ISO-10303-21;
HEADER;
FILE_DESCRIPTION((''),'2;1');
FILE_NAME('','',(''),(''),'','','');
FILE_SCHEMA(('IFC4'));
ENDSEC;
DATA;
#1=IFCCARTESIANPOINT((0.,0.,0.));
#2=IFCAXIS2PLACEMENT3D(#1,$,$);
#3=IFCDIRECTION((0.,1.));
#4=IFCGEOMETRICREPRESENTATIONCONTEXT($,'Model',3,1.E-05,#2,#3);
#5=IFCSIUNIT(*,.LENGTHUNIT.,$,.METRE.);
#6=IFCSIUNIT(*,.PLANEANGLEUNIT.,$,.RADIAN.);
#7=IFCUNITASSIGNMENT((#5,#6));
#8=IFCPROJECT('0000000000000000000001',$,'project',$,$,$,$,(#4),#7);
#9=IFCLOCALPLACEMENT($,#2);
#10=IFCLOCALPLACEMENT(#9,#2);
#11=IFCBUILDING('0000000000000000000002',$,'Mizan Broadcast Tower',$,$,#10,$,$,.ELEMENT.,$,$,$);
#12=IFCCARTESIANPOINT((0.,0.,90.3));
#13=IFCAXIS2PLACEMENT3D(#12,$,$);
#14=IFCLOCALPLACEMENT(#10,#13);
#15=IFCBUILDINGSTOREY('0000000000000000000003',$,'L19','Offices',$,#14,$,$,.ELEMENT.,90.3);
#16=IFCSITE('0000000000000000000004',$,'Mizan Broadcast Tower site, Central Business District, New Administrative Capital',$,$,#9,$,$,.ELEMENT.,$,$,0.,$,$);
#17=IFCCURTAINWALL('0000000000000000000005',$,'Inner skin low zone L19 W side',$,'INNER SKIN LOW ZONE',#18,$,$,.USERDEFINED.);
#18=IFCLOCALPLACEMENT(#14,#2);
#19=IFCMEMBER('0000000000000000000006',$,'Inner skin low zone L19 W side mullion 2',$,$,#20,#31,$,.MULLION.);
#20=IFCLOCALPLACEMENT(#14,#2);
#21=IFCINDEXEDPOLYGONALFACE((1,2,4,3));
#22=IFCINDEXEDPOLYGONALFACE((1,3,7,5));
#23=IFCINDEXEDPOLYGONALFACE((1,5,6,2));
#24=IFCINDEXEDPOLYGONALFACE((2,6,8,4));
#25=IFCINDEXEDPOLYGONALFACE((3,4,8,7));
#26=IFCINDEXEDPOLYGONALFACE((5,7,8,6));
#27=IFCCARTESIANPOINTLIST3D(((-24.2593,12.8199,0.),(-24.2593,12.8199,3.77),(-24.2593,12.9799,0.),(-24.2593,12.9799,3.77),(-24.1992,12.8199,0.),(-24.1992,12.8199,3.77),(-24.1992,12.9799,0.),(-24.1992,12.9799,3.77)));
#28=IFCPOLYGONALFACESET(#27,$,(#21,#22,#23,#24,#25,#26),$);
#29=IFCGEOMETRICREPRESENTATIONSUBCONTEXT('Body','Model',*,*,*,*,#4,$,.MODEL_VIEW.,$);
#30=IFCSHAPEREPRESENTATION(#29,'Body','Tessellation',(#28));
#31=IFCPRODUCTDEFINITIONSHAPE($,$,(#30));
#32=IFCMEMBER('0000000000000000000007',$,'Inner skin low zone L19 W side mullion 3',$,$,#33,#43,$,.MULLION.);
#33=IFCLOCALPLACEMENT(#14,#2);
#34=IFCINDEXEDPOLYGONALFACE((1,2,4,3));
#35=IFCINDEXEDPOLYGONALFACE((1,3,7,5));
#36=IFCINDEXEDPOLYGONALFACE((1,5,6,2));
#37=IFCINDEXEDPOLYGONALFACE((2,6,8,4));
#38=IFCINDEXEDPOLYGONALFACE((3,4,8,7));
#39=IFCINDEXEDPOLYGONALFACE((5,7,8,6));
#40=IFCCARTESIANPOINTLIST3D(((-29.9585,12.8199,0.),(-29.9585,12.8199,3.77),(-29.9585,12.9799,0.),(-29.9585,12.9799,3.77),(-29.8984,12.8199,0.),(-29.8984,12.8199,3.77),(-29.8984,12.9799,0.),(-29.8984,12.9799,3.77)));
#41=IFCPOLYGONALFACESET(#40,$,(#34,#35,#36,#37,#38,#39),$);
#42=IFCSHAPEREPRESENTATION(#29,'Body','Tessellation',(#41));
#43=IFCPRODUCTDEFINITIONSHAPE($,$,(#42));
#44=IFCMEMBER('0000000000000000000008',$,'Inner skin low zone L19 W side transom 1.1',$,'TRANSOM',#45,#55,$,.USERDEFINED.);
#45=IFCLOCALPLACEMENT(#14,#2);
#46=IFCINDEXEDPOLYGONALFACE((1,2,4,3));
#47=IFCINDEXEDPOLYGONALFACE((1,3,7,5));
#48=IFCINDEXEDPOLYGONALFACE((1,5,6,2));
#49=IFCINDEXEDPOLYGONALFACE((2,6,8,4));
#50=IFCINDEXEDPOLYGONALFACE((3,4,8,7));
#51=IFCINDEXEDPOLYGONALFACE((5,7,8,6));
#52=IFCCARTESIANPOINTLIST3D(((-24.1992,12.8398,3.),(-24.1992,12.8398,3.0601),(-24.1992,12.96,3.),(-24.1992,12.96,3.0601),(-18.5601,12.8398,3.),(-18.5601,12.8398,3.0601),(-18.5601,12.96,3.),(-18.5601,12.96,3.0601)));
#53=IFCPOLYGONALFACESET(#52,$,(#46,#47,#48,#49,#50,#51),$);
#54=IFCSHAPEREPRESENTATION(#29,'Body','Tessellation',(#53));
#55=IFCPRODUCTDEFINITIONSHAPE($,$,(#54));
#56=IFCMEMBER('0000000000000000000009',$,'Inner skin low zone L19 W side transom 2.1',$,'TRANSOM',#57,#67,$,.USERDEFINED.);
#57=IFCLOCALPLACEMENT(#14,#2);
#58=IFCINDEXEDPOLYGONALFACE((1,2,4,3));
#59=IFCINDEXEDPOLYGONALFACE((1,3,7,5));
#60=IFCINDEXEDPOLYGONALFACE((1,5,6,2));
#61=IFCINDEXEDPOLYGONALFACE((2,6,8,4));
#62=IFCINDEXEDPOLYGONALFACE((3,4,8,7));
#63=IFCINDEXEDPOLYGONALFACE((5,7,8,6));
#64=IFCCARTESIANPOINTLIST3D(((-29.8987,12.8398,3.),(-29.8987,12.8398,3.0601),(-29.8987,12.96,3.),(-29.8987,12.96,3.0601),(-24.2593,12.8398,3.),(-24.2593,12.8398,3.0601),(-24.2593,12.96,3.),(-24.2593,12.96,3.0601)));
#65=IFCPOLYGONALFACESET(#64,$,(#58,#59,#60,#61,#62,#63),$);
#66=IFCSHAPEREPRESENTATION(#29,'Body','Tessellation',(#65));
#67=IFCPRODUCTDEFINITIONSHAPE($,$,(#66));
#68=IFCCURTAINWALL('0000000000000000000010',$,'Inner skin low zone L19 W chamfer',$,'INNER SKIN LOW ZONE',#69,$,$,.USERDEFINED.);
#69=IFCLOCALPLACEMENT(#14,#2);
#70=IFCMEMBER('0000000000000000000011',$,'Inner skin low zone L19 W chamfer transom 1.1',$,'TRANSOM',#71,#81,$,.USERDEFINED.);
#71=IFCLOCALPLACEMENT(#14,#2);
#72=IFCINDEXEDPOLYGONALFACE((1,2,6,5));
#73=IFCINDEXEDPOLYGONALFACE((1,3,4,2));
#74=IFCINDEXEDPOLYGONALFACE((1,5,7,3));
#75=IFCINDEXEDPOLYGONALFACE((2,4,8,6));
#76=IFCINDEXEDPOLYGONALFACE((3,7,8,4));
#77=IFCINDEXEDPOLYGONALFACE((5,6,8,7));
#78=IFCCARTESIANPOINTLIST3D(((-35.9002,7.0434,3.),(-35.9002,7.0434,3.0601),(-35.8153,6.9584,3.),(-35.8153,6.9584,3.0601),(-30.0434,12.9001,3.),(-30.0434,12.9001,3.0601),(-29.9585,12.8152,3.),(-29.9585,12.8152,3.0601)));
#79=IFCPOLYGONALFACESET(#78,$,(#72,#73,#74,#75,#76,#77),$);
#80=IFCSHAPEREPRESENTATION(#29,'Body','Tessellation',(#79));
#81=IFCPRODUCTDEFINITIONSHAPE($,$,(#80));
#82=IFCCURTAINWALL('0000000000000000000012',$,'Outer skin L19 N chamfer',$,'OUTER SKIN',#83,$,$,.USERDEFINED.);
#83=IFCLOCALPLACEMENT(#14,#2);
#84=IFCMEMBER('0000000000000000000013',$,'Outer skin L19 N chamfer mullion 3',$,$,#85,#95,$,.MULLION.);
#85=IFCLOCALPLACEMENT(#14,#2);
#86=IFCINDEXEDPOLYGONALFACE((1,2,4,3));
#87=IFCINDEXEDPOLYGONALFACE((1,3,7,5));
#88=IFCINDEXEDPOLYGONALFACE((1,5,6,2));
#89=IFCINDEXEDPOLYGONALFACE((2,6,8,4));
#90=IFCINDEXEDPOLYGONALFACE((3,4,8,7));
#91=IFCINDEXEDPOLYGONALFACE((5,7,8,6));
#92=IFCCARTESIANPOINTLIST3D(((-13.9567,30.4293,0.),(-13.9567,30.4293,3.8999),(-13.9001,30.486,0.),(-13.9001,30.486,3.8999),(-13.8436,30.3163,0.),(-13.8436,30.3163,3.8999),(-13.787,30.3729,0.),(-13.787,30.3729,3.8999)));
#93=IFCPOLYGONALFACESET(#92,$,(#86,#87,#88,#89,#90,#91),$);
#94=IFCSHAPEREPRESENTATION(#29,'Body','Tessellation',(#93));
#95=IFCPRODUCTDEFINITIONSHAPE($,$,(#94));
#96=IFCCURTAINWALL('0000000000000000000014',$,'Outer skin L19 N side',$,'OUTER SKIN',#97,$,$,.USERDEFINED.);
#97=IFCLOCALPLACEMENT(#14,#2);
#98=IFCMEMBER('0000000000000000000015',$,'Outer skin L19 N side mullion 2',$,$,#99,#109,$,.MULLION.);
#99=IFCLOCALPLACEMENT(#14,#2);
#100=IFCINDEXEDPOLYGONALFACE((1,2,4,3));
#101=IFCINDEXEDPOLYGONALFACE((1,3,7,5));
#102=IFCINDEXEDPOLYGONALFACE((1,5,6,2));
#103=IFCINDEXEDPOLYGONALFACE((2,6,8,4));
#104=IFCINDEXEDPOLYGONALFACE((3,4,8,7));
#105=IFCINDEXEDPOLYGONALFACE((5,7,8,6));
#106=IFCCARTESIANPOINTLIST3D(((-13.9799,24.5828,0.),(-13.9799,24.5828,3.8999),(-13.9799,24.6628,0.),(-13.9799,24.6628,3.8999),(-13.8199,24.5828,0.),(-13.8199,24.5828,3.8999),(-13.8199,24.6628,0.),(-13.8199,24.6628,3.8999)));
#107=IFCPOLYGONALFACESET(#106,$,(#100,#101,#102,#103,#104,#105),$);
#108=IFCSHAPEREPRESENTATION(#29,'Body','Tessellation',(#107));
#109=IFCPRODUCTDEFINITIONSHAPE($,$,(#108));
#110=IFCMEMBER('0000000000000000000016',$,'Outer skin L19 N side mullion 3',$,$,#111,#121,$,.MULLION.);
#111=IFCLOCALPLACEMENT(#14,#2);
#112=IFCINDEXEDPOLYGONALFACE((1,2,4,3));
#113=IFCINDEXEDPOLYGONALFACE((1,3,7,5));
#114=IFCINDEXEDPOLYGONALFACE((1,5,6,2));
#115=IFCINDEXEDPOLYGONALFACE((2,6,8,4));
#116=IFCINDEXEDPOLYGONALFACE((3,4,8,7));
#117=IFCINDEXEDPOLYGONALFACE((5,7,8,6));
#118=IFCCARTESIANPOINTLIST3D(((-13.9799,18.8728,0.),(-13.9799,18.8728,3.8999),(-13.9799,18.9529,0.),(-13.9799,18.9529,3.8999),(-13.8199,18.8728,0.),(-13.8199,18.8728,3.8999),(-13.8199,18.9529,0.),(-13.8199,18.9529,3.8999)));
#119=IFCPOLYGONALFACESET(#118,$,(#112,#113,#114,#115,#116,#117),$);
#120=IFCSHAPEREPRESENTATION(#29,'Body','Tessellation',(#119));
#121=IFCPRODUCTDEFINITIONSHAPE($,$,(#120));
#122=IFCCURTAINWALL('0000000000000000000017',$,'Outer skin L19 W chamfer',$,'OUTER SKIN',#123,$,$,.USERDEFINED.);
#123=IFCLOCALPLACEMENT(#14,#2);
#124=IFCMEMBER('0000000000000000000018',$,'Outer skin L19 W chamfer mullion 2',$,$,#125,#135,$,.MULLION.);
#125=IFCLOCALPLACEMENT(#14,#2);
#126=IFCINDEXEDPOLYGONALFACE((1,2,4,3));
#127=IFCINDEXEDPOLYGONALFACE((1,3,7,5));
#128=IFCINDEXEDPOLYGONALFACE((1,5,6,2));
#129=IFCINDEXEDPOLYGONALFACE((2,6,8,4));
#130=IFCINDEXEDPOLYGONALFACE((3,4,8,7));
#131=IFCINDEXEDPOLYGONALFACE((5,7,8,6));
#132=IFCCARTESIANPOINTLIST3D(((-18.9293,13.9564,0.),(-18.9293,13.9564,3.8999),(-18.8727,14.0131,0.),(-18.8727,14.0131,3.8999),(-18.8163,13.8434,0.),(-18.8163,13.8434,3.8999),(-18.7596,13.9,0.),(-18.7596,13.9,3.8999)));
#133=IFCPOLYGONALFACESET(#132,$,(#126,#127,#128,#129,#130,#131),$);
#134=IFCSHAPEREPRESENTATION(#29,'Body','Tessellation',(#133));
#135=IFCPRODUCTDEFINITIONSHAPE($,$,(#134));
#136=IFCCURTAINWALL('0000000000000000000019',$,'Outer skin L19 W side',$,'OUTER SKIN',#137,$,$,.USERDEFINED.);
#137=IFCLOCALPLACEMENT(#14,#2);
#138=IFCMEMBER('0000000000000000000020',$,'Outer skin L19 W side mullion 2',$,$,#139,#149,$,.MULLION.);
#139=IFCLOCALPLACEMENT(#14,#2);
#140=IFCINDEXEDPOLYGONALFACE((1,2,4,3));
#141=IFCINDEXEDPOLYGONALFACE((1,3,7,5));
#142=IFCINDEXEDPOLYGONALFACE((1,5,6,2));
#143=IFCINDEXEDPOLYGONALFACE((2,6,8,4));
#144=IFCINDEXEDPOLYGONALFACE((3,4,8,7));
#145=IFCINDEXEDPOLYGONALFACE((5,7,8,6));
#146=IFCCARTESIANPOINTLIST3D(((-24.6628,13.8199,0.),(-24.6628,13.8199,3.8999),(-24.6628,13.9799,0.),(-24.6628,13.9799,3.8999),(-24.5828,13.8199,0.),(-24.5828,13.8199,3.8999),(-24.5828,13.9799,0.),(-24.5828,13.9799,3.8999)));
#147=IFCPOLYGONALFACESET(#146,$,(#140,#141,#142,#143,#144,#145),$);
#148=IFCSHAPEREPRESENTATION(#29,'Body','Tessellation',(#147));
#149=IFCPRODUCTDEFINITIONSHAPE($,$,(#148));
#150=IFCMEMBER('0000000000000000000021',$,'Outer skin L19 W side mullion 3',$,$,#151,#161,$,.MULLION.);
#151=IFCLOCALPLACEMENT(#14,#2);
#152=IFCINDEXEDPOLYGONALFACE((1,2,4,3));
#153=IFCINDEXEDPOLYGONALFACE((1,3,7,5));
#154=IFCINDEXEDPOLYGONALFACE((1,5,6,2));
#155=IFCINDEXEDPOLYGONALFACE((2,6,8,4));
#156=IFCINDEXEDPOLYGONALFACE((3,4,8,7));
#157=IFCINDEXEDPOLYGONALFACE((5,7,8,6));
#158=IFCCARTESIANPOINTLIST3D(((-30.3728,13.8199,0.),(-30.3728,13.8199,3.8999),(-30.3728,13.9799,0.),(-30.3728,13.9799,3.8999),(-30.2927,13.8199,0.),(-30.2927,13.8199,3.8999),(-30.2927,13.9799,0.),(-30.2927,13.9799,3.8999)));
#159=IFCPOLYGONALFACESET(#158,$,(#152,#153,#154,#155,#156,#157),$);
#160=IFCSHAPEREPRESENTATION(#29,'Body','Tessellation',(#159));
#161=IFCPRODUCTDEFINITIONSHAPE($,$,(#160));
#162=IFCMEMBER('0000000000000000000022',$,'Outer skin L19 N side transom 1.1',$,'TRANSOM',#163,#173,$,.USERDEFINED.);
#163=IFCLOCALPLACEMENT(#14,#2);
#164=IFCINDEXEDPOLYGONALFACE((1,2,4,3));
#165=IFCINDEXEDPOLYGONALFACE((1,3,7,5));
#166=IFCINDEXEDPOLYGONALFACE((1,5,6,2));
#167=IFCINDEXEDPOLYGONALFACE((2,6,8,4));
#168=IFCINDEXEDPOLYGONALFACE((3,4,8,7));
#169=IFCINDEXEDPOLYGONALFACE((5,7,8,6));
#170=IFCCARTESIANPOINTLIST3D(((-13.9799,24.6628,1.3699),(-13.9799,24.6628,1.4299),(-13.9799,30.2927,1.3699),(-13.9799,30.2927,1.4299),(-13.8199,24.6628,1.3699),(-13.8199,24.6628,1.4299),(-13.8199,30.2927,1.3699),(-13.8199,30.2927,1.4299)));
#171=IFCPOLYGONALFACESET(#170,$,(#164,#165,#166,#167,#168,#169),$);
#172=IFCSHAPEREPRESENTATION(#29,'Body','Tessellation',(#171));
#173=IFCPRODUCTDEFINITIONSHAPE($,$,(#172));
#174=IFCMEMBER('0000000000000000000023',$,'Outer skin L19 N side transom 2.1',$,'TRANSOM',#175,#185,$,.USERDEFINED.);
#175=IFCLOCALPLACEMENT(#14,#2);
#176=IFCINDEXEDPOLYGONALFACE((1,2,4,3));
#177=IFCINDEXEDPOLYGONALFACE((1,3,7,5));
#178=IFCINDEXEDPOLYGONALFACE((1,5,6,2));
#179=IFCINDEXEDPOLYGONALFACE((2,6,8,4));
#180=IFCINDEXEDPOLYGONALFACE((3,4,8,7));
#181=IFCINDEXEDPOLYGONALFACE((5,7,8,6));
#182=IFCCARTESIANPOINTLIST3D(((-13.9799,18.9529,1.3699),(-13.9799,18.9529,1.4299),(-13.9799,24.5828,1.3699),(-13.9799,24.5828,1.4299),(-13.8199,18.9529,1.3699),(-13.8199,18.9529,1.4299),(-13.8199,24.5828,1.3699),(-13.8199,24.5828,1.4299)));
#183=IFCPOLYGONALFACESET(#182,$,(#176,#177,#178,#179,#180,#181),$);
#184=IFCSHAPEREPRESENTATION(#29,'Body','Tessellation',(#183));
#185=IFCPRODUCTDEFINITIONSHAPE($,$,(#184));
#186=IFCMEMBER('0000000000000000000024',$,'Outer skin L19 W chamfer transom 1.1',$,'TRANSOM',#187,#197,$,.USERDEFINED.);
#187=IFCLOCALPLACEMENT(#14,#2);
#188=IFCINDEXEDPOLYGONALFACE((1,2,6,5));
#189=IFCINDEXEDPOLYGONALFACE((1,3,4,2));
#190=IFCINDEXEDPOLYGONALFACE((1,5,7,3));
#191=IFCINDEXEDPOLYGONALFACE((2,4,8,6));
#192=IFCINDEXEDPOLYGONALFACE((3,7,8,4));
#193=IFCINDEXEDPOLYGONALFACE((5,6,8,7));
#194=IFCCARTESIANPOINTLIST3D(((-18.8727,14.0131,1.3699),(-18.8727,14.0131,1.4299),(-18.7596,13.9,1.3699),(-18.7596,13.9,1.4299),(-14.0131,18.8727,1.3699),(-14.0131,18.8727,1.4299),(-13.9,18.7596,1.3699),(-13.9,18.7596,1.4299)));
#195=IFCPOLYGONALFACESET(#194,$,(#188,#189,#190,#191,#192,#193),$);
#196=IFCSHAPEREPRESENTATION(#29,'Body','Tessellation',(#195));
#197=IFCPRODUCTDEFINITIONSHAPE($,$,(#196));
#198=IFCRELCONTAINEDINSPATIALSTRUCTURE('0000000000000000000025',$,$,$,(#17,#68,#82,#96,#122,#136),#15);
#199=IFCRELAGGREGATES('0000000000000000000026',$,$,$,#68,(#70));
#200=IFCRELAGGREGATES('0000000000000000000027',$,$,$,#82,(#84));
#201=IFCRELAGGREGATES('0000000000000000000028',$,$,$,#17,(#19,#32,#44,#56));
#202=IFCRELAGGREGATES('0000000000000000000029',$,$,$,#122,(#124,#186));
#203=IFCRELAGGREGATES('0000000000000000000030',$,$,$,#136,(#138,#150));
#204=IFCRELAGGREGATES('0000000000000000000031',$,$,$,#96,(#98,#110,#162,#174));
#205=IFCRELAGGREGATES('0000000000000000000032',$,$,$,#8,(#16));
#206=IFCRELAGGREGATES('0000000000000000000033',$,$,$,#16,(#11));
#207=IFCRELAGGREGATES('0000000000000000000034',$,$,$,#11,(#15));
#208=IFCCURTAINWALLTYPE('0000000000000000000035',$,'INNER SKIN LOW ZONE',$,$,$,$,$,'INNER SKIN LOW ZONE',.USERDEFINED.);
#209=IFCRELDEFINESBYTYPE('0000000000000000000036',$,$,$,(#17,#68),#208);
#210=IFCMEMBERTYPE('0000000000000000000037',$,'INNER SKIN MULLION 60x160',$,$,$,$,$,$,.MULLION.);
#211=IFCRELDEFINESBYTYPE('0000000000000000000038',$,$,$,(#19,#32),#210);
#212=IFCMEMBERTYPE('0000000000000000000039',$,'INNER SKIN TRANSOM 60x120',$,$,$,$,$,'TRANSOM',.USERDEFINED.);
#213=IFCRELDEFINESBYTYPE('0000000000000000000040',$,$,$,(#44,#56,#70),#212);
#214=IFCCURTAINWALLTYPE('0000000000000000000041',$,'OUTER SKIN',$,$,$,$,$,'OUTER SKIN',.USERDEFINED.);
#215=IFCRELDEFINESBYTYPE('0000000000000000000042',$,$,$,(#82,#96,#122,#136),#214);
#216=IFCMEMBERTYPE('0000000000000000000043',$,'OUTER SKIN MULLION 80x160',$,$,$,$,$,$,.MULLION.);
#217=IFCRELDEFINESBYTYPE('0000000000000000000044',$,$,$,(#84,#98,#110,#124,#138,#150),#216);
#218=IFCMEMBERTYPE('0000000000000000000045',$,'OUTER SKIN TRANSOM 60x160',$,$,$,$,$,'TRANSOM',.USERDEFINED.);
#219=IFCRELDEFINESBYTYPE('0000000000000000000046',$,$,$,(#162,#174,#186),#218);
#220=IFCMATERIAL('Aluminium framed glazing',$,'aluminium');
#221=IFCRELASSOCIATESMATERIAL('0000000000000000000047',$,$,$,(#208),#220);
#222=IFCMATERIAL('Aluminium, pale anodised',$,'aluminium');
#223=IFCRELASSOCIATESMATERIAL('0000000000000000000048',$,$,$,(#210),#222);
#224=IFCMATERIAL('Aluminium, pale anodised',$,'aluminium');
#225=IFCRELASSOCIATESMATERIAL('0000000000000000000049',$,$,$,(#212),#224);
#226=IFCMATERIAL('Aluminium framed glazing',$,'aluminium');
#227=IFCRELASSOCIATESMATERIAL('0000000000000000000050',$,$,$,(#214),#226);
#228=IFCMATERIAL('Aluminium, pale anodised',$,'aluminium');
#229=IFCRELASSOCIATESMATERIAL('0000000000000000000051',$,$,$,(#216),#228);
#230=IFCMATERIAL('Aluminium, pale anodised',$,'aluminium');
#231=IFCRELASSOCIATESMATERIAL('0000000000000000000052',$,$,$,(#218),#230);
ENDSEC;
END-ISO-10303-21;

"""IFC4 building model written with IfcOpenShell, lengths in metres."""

from ifc_helpers import new_model, si_unit, direction, frame, origin, origin_2d, place, context, subcontext, project, spatial, rectangle, extrude, material, material_profile, profile_set, type_object, element, aggregate, save


model = new_model("IFC4")

# Units and contexts
model_context = context("Model", 3, precision=1e-05, world=origin(), true_north=direction((0.0, 1.0)))
body_context = subcontext(model_context, "Body", "Model", "MODEL_VIEW")
ifc_project = project(units=[si_unit("LENGTHUNIT", "METRE"), si_unit("PLANEANGLEUNIT", "RADIAN")], contexts=[model_context])

# Site, building, storey
site_placement = place(None, origin())
site = spatial("IfcSite", under=ifc_project, at=site_placement, Name="Mizan Broadcast Tower site, Central Business District, New Administrative Capital", CompositionType="ELEMENT", RefElevation=0.0)
building_placement = place(site_placement, origin())
building = spatial("IfcBuilding", under=site, at=building_placement, Name="Mizan Broadcast Tower", CompositionType="ELEMENT")
storey_placement = place(building_placement, frame((0.0, 0.0, 90.3)))
storey = spatial("IfcBuildingStorey", under=building, at=storey_placement, Name="L19", Description="Offices", CompositionType="ELEMENT", Elevation=90.3)

# Curtain wall, members
ifc_material_1 = material(Name="Aluminium framed glazing", Category="aluminium")
curtain_wall_type_1 = type_object("IfcCurtainWallType", Name="INNER SKIN LOW ZONE", ElementType="INNER SKIN LOW ZONE", PredefinedType="USERDEFINED", material=ifc_material_1)
curtain_wall_1_placement = place(storey_placement, origin())
curtain_wall_1 = element("IfcCurtainWall", 1, at=curtain_wall_1_placement, inside=storey, type_object=curtain_wall_type_1, Name="Inner skin low zone L19 W side", ObjectType="INNER SKIN LOW ZONE", PredefinedType="USERDEFINED")
ifc_material_2 = material(Name="Aluminium, pale anodised", Category="aluminium")
ifc_material_profile_1 = material_profile(ifc_material_2, rectangle(XDim=0.1599, YDim=0.0601, at=origin_2d()), Name="MULLION 160x60")
ifc_profile_set_1 = profile_set([ifc_material_profile_1], Name="Aluminium, pale anodised")
member_type_1 = type_object("IfcMemberType", Name="INNER SKIN MULLION 60x160", PredefinedType="MULLION", material=ifc_profile_set_1)
member_1_placement = place(storey_placement, frame((-24.2292, 12.8999, 0.0), z_axis=(0.0, 0.0, 1.0), x_axis=(0.0, -1.0, 0.0)))
member_1 = element("IfcMember", 2, at=member_1_placement, type_object=member_type_1, Name="Inner skin low zone L19 W side mullion 2", PredefinedType="MULLION", context=body_context, shape_type="SweptSolid", body=[
    extrude(rectangle(XDim=0.1599, YDim=0.0601, at=origin_2d()), origin(), (0.0, 0.0, 1.0), 3.77),
])
member_2_placement = place(storey_placement, frame((-29.9285, 12.8999, 0.0), z_axis=(0.0, 0.0, 1.0), x_axis=(0.0, -1.0, 0.0)))
member_2 = element("IfcMember", 3, at=member_2_placement, type_object=member_type_1, Name="Inner skin low zone L19 W side mullion 3", PredefinedType="MULLION", context=body_context, shape_type="SweptSolid", body=[
    extrude(rectangle(XDim=0.1599, YDim=0.0601, at=origin_2d()), origin(), (0.0, 0.0, 1.0), 3.77),
])
ifc_material_3 = material(Name="Aluminium, pale anodised", Category="aluminium")
ifc_material_profile_2 = material_profile(ifc_material_3, rectangle(XDim=0.1201, YDim=0.0601, at=origin_2d()), Name="TRANSOM 120x60")
ifc_profile_set_2 = profile_set([ifc_material_profile_2], Name="Aluminium, pale anodised")
member_type_2 = type_object("IfcMemberType", Name="INNER SKIN TRANSOM 60x120", ElementType="TRANSOM", PredefinedType="USERDEFINED", material=ifc_profile_set_2)
member_3_placement = place(storey_placement, frame((-18.5601, 12.8999, 3.03), z_axis=(-1.0, 0.0, 0.0), x_axis=(0.0, -1.0, 0.0)))
member_3 = element("IfcMember", 4, at=member_3_placement, type_object=member_type_2, Name="Inner skin low zone L19 W side transom 1.1", ObjectType="TRANSOM", PredefinedType="USERDEFINED", context=body_context, shape_type="SweptSolid", body=[
    extrude(rectangle(XDim=0.1201, YDim=0.0601, at=origin_2d()), origin(), (0.0, 0.0, 1.0), 5.6392),
])
member_4_placement = place(storey_placement, frame((-24.2593, 12.8999, 3.03), z_axis=(-1.0, 0.0, 0.0), x_axis=(0.0, -1.0, 0.0)))
member_4 = element("IfcMember", 5, at=member_4_placement, type_object=member_type_2, Name="Inner skin low zone L19 W side transom 2.1", ObjectType="TRANSOM", PredefinedType="USERDEFINED", context=body_context, shape_type="SweptSolid", body=[
    extrude(rectangle(XDim=0.1201, YDim=0.0601, at=origin_2d()), origin(), (0.0, 0.0, 1.0), 5.6394),
])

# Curtain walls, members
curtain_wall_2_placement = place(storey_placement, origin())
curtain_wall_2 = element("IfcCurtainWall", 6, at=curtain_wall_2_placement, inside=storey, type_object=curtain_wall_type_1, Name="Inner skin low zone L19 W chamfer", ObjectType="INNER SKIN LOW ZONE", PredefinedType="USERDEFINED")
member_5_placement = place(storey_placement, frame((-30.001, 12.8577, 3.03), z_axis=(-0.707107, -0.707107, 0.0), x_axis=(0.707107, -0.707107, 0.0)))
member_5 = element("IfcMember", 7, at=member_5_placement, type_object=member_type_2, Name="Inner skin low zone L19 W chamfer transom 1.1", ObjectType="TRANSOM", PredefinedType="USERDEFINED", context=body_context, shape_type="SweptSolid", body=[
    extrude(rectangle(XDim=0.1201, YDim=0.0601, at=origin_2d()), origin(), (0.0, 0.0, 1.0), 8.2827),
])
aggregate(curtain_wall_2, [member_5])
ifc_material_4 = material(Name="Aluminium framed glazing", Category="aluminium")
curtain_wall_type_2 = type_object("IfcCurtainWallType", Name="OUTER SKIN", ElementType="OUTER SKIN", PredefinedType="USERDEFINED", material=ifc_material_4)
curtain_wall_3_placement = place(storey_placement, origin())
curtain_wall_3 = element("IfcCurtainWall", 8, at=curtain_wall_3_placement, inside=storey, type_object=curtain_wall_type_2, Name="Outer skin L19 N chamfer", ObjectType="OUTER SKIN", PredefinedType="USERDEFINED")
ifc_material_5 = material(Name="Aluminium, pale anodised", Category="aluminium")
ifc_material_profile_3 = material_profile(ifc_material_5, rectangle(XDim=0.1599, YDim=0.0801, at=origin_2d()), Name="MULLION 160x80")
ifc_profile_set_3 = profile_set([ifc_material_profile_3], Name="Aluminium, pale anodised")
member_type_3 = type_object("IfcMemberType", Name="OUTER SKIN MULLION 80x160", PredefinedType="MULLION", material=ifc_profile_set_3)
member_6_placement = place(storey_placement, frame((-13.8718, 30.4011, 0.0), z_axis=(0.0, 0.0, 1.0), x_axis=(0.707107, -0.707107, 0.0)))
member_6 = element("IfcMember", 9, at=member_6_placement, type_object=member_type_3, Name="Outer skin L19 N chamfer mullion 3", PredefinedType="MULLION", context=body_context, shape_type="SweptSolid", body=[
    extrude(rectangle(XDim=0.1599, YDim=0.0801, at=origin_2d()), origin(), (0.0, 0.0, 1.0), 3.8999),
])
aggregate(curtain_wall_3, [member_6])

# Curtain wall, members
curtain_wall_4_placement = place(storey_placement, origin())
curtain_wall_4 = element("IfcCurtainWall", 10, at=curtain_wall_4_placement, inside=storey, type_object=curtain_wall_type_2, Name="Outer skin L19 N side", ObjectType="OUTER SKIN", PredefinedType="USERDEFINED")
member_7_placement = place(storey_placement, frame((-13.8999, 24.6228, 0.0), z_axis=(0.0, 0.0, 1.0), x_axis=(1.0, 0.0, 0.0)))
member_7 = element("IfcMember", 11, at=member_7_placement, type_object=member_type_3, Name="Outer skin L19 N side mullion 2", PredefinedType="MULLION", context=body_context, shape_type="SweptSolid", body=[
    extrude(rectangle(XDim=0.1599, YDim=0.0801, at=origin_2d()), origin(), (0.0, 0.0, 1.0), 3.8999),
])
member_8_placement = place(storey_placement, frame((-13.8999, 18.9128, 0.0), z_axis=(0.0, 0.0, 1.0), x_axis=(1.0, 0.0, 0.0)))
member_8 = element("IfcMember", 12, at=member_8_placement, type_object=member_type_3, Name="Outer skin L19 N side mullion 3", PredefinedType="MULLION", context=body_context, shape_type="SweptSolid", body=[
    extrude(rectangle(XDim=0.1599, YDim=0.0801, at=origin_2d()), origin(), (0.0, 0.0, 1.0), 3.8999),
])

# Curtain wall, member
curtain_wall_5_placement = place(storey_placement, origin())
curtain_wall_5 = element("IfcCurtainWall", 13, at=curtain_wall_5_placement, inside=storey, type_object=curtain_wall_type_2, Name="Outer skin L19 W chamfer", ObjectType="OUTER SKIN", PredefinedType="USERDEFINED")
member_9_placement = place(storey_placement, frame((-18.8445, 13.9282, 0.0), z_axis=(0.0, 0.0, 1.0), x_axis=(0.707107, -0.707107, 0.0)))
member_9 = element("IfcMember", 14, at=member_9_placement, type_object=member_type_3, Name="Outer skin L19 W chamfer mullion 2", PredefinedType="MULLION", context=body_context, shape_type="SweptSolid", body=[
    extrude(rectangle(XDim=0.1599, YDim=0.0801, at=origin_2d()), origin(), (0.0, 0.0, 1.0), 3.8999),
])

# Curtain wall, members
curtain_wall_6_placement = place(storey_placement, origin())
curtain_wall_6 = element("IfcCurtainWall", 15, at=curtain_wall_6_placement, inside=storey, type_object=curtain_wall_type_2, Name="Outer skin L19 W side", ObjectType="OUTER SKIN", PredefinedType="USERDEFINED")
member_10_placement = place(storey_placement, frame((-24.6228, 13.8999, 0.0), z_axis=(0.0, 0.0, 1.0), x_axis=(0.0, -1.0, 0.0)))
member_10 = element("IfcMember", 16, at=member_10_placement, type_object=member_type_3, Name="Outer skin L19 W side mullion 2", PredefinedType="MULLION", context=body_context, shape_type="SweptSolid", body=[
    extrude(rectangle(XDim=0.1599, YDim=0.0801, at=origin_2d()), origin(), (0.0, 0.0, 1.0), 3.8999),
])
member_11_placement = place(storey_placement, frame((-30.3328, 13.8999, 0.0), z_axis=(0.0, 0.0, 1.0), x_axis=(0.0, -1.0, 0.0)))
member_11 = element("IfcMember", 17, at=member_11_placement, type_object=member_type_3, Name="Outer skin L19 W side mullion 3", PredefinedType="MULLION", context=body_context, shape_type="SweptSolid", body=[
    extrude(rectangle(XDim=0.1599, YDim=0.0801, at=origin_2d()), origin(), (0.0, 0.0, 1.0), 3.8999),
])

# Members
ifc_material_6 = material(Name="Aluminium, pale anodised", Category="aluminium")
ifc_material_profile_4 = material_profile(ifc_material_6, rectangle(XDim=0.1599, YDim=0.0601, at=origin_2d()), Name="TRANSOM 160x60")
ifc_profile_set_4 = profile_set([ifc_material_profile_4], Name="Aluminium, pale anodised")
member_type_4 = type_object("IfcMemberType", Name="OUTER SKIN TRANSOM 60x160", ElementType="TRANSOM", PredefinedType="USERDEFINED", material=ifc_profile_set_4)
member_12_placement = place(storey_placement, frame((-13.8999, 30.2927, 1.3999), z_axis=(0.0, -1.0, 0.0), x_axis=(1.0, 0.0, 0.0)))
member_12 = element("IfcMember", 18, at=member_12_placement, type_object=member_type_4, Name="Outer skin L19 N side transom 1.1", ObjectType="TRANSOM", PredefinedType="USERDEFINED", context=body_context, shape_type="SweptSolid", body=[
    extrude(rectangle(XDim=0.1599, YDim=0.0601, at=origin_2d()), origin(), (0.0, 0.0, 1.0), 5.6299),
])
member_13_placement = place(storey_placement, frame((-13.8999, 24.5828, 1.3999), z_axis=(0.0, -1.0, 0.0), x_axis=(1.0, 0.0, 0.0)))
member_13 = element("IfcMember", 19, at=member_13_placement, type_object=member_type_4, Name="Outer skin L19 N side transom 2.1", ObjectType="TRANSOM", PredefinedType="USERDEFINED", context=body_context, shape_type="SweptSolid", body=[
    extrude(rectangle(XDim=0.1599, YDim=0.0601, at=origin_2d()), origin(), (0.0, 0.0, 1.0), 5.6299),
])
member_14_placement = place(storey_placement, frame((-13.9565, 18.8162, 1.3999), z_axis=(-0.707107, -0.707107, 0.0), x_axis=(0.707107, -0.707107, 0.0)))
member_14 = element("IfcMember", 20, at=member_14_placement, type_object=member_type_4, Name="Outer skin L19 W chamfer transom 1.1", ObjectType="TRANSOM", PredefinedType="USERDEFINED", context=body_context, shape_type="SweptSolid", body=[
    extrude(rectangle(XDim=0.1599, YDim=0.0601, at=origin_2d()), origin(), (0.0, 0.0, 1.0), 6.8726),
])

aggregate(curtain_wall_1, [member_1, member_2, member_3, member_4])
aggregate(curtain_wall_5, [member_9, member_14])
aggregate(curtain_wall_6, [member_10, member_11])
aggregate(curtain_wall_4, [member_7, member_8, member_12, member_13])

save(model, "model.ifc")
